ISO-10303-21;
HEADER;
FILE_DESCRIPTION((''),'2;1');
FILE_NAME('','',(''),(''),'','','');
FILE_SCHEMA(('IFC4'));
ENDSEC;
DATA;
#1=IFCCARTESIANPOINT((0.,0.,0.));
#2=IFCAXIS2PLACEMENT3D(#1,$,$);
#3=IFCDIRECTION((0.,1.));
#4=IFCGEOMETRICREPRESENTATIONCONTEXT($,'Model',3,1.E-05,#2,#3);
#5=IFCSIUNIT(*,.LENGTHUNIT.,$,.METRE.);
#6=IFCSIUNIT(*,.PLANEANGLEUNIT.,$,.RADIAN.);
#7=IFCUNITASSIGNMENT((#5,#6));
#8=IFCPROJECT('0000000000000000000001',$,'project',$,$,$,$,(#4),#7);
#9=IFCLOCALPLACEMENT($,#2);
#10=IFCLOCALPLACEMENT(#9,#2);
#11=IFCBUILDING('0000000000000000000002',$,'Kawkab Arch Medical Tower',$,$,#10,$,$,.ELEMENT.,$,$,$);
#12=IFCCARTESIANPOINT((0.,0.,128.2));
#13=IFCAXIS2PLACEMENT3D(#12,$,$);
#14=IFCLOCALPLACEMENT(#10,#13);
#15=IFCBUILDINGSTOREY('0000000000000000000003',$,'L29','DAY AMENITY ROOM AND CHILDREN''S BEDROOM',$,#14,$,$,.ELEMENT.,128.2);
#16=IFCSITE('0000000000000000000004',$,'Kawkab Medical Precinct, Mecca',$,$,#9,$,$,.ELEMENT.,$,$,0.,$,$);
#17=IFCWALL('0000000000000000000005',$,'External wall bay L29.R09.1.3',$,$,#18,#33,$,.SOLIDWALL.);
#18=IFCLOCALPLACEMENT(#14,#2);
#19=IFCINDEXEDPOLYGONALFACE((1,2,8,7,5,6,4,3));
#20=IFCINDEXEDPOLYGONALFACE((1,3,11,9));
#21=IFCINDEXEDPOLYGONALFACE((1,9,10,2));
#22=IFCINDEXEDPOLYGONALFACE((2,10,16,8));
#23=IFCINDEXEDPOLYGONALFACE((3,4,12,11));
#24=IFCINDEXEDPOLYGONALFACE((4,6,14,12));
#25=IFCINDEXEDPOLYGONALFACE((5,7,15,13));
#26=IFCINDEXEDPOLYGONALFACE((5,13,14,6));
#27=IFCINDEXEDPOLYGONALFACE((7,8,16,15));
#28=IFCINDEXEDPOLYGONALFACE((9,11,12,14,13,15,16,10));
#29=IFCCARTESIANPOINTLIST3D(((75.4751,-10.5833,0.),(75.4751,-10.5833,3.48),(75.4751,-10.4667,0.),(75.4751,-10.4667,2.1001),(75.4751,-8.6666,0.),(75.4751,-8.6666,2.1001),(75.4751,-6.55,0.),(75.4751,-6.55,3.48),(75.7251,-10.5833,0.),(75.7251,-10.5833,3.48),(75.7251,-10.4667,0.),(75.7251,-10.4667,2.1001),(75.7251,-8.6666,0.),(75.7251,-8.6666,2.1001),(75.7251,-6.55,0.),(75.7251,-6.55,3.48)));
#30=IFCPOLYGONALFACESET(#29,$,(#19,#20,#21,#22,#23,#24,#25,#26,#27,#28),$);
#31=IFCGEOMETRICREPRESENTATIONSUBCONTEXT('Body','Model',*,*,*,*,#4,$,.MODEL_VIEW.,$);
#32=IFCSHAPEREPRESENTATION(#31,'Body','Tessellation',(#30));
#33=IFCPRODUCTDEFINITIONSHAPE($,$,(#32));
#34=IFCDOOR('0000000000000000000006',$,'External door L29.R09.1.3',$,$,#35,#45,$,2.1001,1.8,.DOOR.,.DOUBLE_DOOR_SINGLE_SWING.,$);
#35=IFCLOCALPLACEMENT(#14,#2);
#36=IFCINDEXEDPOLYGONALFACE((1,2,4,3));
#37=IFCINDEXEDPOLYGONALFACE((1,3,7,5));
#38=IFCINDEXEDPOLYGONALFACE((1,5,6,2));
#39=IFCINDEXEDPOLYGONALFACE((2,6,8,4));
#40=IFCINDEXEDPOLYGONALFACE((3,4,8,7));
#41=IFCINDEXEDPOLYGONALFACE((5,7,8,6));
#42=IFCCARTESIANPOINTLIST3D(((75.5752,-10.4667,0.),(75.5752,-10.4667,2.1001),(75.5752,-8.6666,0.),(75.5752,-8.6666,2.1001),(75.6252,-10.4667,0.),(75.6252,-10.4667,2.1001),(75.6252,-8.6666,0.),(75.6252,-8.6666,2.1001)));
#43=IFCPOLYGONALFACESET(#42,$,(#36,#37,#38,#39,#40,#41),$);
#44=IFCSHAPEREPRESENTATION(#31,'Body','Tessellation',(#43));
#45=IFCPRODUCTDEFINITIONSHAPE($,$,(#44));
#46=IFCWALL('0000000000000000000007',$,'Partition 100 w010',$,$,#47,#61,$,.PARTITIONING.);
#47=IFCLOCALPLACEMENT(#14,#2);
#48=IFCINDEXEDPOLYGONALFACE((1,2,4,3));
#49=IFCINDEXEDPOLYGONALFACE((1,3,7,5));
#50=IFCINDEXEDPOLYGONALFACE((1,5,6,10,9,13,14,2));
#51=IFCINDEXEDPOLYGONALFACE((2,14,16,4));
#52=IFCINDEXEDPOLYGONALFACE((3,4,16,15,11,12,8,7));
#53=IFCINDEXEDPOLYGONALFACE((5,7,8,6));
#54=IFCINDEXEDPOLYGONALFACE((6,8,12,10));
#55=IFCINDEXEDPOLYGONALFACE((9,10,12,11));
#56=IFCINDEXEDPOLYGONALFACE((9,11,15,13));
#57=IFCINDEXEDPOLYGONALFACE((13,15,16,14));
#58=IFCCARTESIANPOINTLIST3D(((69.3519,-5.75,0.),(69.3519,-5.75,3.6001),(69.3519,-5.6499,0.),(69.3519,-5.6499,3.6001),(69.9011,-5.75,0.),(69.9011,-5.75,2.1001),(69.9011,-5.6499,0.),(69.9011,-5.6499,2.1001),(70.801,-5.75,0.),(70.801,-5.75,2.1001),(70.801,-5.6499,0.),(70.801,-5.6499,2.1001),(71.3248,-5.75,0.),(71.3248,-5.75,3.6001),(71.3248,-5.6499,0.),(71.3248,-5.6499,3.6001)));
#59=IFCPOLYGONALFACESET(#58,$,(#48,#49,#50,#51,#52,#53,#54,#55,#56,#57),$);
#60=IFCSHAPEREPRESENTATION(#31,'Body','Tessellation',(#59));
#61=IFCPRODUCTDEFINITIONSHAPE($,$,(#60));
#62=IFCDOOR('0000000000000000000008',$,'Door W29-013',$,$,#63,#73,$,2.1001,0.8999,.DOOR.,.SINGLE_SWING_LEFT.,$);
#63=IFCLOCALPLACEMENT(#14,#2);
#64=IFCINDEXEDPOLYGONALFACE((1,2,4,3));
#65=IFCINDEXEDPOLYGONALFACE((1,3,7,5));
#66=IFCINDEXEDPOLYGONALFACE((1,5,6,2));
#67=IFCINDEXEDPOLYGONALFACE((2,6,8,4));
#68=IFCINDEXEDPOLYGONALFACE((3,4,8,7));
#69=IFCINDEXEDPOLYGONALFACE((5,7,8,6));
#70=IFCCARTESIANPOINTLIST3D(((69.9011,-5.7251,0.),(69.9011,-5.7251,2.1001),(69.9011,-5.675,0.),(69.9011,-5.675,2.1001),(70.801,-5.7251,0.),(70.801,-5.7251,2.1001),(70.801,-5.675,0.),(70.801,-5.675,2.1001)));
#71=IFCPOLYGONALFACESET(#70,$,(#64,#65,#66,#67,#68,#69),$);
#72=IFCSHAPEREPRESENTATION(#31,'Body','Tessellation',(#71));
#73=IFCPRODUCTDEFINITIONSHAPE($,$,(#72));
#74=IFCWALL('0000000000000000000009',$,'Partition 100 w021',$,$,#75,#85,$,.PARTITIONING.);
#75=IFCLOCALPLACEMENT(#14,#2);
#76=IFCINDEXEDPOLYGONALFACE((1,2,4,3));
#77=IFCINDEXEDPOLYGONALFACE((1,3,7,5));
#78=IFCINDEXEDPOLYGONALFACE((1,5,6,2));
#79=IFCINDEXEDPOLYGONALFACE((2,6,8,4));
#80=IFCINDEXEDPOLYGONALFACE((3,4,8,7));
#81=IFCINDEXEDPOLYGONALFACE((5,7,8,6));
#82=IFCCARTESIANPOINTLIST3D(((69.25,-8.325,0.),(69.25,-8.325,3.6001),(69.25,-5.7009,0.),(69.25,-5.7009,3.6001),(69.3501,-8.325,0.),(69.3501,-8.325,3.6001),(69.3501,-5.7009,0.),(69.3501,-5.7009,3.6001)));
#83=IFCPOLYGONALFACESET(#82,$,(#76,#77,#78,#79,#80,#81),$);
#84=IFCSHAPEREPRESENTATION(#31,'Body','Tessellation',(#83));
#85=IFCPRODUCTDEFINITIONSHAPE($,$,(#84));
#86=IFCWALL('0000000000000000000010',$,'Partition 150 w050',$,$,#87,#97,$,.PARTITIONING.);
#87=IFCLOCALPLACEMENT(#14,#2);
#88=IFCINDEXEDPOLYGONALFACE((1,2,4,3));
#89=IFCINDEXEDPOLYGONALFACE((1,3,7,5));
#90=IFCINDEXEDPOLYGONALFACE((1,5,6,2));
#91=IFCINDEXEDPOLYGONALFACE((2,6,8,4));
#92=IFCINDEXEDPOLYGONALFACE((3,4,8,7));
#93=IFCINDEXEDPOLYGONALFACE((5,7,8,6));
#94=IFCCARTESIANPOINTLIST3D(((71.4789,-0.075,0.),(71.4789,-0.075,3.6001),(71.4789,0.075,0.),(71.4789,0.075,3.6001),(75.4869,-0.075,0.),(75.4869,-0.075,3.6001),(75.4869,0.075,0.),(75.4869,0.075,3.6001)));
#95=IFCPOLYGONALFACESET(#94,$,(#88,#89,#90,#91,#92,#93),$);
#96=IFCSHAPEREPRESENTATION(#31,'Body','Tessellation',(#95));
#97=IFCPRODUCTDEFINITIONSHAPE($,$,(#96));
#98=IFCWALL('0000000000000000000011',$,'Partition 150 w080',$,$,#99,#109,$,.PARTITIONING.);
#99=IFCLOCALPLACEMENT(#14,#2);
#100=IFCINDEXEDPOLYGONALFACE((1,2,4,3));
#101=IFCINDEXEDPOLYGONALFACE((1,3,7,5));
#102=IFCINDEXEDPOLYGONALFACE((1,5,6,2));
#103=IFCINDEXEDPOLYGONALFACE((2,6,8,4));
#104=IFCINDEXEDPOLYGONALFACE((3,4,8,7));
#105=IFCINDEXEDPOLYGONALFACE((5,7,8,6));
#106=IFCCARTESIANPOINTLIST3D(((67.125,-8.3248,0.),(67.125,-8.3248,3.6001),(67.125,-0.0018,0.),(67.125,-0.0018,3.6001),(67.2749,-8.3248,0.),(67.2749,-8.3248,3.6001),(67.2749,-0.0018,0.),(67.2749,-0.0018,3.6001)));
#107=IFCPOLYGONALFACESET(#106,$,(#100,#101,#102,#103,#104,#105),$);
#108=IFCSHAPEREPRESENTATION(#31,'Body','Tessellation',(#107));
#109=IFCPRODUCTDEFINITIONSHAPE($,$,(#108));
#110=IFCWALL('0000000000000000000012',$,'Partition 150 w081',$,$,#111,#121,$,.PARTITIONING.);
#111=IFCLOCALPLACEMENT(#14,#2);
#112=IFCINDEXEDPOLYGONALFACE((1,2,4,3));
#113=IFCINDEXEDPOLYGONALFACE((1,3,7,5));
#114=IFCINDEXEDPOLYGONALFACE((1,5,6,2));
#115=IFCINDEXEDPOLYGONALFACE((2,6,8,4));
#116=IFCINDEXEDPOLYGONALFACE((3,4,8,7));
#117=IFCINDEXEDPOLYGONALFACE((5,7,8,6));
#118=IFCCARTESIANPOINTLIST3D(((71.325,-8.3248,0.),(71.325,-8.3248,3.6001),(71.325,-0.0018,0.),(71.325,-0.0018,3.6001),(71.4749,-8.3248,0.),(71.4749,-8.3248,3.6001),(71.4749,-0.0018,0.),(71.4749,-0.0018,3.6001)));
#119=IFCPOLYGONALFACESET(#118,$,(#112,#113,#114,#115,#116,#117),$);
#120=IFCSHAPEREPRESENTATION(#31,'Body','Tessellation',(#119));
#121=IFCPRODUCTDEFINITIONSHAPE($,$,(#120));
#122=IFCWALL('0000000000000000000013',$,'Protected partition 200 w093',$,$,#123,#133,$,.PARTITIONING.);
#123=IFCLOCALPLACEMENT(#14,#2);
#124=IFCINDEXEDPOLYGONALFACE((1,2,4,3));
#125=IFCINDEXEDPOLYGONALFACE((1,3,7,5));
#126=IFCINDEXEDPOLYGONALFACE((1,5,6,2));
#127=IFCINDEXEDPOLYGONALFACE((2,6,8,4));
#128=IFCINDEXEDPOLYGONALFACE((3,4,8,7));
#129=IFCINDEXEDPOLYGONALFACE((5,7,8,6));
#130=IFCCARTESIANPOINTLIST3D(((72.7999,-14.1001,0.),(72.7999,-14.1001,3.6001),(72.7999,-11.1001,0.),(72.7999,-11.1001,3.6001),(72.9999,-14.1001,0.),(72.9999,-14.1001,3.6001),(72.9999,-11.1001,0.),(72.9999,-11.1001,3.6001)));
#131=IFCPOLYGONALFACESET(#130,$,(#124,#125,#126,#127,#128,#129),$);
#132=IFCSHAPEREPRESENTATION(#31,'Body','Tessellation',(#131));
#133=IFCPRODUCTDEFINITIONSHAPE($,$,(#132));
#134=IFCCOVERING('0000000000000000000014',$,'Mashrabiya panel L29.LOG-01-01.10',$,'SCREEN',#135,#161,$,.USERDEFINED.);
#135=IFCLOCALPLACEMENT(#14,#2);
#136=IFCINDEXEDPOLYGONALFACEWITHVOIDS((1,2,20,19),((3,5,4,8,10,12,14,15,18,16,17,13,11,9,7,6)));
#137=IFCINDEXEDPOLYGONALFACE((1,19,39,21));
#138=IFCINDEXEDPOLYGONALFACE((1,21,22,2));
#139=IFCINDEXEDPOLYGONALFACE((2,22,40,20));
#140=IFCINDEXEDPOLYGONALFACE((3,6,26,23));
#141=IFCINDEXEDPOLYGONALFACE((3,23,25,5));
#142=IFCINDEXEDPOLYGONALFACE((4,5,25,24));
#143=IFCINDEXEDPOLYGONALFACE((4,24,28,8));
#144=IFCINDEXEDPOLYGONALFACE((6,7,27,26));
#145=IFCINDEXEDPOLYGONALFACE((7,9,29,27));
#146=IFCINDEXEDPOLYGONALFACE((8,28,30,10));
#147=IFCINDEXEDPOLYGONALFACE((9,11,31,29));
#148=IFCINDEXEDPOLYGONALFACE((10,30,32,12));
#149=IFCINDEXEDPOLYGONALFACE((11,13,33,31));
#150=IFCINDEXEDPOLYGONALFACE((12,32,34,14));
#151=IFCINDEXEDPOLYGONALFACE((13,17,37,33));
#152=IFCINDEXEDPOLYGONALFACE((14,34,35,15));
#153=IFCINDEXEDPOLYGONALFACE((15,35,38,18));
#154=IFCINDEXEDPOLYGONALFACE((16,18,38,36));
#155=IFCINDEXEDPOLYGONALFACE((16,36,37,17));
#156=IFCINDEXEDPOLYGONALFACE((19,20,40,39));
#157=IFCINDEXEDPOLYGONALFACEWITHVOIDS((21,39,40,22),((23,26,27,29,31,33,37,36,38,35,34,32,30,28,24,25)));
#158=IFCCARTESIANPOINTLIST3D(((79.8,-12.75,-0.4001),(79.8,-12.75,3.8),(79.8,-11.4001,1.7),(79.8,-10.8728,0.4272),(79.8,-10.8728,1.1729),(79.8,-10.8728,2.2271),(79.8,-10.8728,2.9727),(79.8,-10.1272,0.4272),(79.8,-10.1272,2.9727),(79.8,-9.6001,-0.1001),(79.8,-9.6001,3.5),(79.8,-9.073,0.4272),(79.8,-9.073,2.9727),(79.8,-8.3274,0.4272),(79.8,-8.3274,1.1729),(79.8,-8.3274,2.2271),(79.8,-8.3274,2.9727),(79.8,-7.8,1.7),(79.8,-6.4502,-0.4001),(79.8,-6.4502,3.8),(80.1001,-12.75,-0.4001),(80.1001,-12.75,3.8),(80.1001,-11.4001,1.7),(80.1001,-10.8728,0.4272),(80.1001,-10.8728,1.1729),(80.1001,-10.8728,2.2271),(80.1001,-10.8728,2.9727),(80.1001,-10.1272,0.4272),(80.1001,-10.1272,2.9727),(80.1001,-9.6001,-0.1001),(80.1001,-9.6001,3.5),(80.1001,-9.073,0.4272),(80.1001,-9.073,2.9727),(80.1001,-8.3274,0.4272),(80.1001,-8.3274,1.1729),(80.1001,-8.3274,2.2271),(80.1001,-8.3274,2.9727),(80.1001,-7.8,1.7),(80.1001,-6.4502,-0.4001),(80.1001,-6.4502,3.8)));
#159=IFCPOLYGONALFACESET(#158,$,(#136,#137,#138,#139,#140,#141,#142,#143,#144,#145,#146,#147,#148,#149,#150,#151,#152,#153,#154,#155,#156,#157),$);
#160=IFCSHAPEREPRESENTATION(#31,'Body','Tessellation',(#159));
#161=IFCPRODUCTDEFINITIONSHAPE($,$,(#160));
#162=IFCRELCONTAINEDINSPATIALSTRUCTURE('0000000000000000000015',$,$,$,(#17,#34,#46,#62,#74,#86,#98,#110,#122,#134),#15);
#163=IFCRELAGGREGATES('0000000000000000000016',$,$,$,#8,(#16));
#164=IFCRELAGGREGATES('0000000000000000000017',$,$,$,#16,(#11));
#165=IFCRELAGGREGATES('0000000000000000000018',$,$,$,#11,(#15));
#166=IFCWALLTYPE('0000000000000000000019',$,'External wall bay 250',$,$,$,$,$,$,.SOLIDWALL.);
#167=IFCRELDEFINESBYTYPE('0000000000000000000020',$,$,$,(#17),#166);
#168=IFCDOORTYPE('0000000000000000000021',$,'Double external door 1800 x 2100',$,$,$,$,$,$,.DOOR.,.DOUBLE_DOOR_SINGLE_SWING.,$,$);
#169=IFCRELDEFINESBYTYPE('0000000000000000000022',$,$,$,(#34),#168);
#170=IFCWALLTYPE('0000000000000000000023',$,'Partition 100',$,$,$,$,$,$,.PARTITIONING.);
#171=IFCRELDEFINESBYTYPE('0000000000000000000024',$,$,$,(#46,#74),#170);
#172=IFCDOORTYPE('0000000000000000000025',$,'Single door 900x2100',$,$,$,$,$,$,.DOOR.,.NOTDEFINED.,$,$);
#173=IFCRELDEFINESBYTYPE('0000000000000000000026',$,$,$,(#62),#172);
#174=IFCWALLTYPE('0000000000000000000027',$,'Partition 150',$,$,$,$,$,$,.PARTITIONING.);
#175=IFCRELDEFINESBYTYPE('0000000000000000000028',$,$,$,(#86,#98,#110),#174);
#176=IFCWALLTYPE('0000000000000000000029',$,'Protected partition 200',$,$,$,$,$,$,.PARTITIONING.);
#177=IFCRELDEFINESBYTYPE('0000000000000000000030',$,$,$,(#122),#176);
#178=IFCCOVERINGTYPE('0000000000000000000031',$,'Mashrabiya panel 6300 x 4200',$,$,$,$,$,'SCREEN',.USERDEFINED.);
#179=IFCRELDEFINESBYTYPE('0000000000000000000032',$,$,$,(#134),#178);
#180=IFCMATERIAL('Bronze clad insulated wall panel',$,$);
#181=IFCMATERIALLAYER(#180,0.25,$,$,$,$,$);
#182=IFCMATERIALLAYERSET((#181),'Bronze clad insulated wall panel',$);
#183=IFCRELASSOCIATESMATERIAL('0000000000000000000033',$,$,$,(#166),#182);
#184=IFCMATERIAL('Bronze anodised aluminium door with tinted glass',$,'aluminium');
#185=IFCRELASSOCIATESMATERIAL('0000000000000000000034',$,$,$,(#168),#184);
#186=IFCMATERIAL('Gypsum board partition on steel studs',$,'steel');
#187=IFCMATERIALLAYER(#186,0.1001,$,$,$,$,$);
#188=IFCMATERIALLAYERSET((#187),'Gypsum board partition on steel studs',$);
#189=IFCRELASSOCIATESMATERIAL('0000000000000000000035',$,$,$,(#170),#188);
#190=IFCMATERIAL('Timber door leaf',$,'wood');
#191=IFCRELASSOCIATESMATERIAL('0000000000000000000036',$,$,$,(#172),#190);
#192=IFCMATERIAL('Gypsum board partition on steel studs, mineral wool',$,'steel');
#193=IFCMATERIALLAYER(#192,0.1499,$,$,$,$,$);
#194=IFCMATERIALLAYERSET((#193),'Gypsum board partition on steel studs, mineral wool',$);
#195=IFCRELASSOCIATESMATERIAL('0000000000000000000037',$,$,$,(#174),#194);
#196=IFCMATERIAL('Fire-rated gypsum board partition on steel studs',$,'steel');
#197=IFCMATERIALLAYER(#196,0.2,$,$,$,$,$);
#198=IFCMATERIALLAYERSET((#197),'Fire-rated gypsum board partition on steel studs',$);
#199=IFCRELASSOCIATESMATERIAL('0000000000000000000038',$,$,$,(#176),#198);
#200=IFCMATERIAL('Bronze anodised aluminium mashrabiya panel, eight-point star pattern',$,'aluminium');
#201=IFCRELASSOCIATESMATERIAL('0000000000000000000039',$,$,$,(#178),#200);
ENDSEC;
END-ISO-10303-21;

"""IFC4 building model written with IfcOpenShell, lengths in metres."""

from ifc_helpers import new_model, si_unit, direction, frame, frame_2d, origin, place, context, subcontext, project, spatial, polyline, rectangle, outline, extrude, material, layer, layer_set, material_profile, profile_set, type_object, element, fill, save


model = new_model("IFC4")

# Units and contexts
model_context = context("Model", 3, precision=1e-05, world=origin(), true_north=direction((0.0, 1.0)))
body_context = subcontext(model_context, "Body", "Model", "MODEL_VIEW")
ifc_project = project(units=[si_unit("LENGTHUNIT", "METRE"), si_unit("PLANEANGLEUNIT", "RADIAN")], contexts=[model_context])

# Site, building, storey
site_placement = place(None, origin())
site = spatial("IfcSite", under=ifc_project, at=site_placement, Name="Kawkab Medical Precinct, Mecca", CompositionType="ELEMENT", RefElevation=0.0)
building_placement = place(site_placement, origin())
building = spatial("IfcBuilding", under=site, at=building_placement, Name="Kawkab Arch Medical Tower", CompositionType="ELEMENT")
storey_placement = place(building_placement, frame((0.0, 0.0, 128.2)))
storey = spatial("IfcBuildingStorey", under=building, at=storey_placement, Name="L29", Description="DAY AMENITY ROOM AND CHILDREN'S BEDROOM", CompositionType="ELEMENT", Elevation=128.2)

# Walls, openings, doors
ifc_material_1 = material(Name="Bronze clad insulated wall panel")
ifc_layer_1 = layer(ifc_material_1, 0.25)
ifc_layer_set_1 = layer_set([ifc_layer_1], Name="Bronze clad insulated wall panel")
wall_type_1 = type_object("IfcWallType", Name="External wall bay 250", PredefinedType="SOLIDWALL", material=ifc_layer_set_1)
wall_1_placement = place(storey_placement, frame((75.6001, -10.5833, 0.0), z_axis=(0.0, 0.0, 1.0), x_axis=(0.0, 1.0, 0.0)))
wall_1 = element("IfcWall", 1, at=wall_1_placement, inside=storey, type_object=wall_type_1, Name="External wall bay L29.R09.1.3", PredefinedType="SOLIDWALL", context=body_context, shape_type="SweptSolid", body=[
    extrude(rectangle(XDim=4.0332, YDim=0.25, at=frame_2d((2.0166, 0.0))), origin(), (0.0, 0.0, 1.0), 3.48),
])
opening_1_placement = place(wall_1_placement, frame((0.1167, 0.0, 0.0)))
opening_1 = element("IfcOpeningElement", 2, at=opening_1_placement, cuts=wall_1, PredefinedType="OPENING", context=body_context, shape_type="SweptSolid", body=[
    extrude(rectangle(XDim=1.8, YDim=2.1001, at=frame_2d((0.8999, 1.05))), frame((0.0, 0.135, 0.0), z_axis=(0.0, -1.0, 0.0), x_axis=(1.0, 0.0, 0.0)), (0.0, 0.0, 1.0), 0.27),
])
ifc_material_2 = material(Name="Bronze anodised aluminium door with tinted glass", Category="aluminium")
door_type_1 = type_object("IfcDoorType", Name="Double external door 1800 x 2100", OperationType="DOUBLE_DOOR_SINGLE_SWING", PredefinedType="DOOR", material=ifc_material_2)
door_1_placement = place(opening_1_placement, origin())
door_1 = element("IfcDoor", 3, at=door_1_placement, inside=storey, type_object=door_type_1, Name="External door L29.R09.1.3", OperationType="DOUBLE_DOOR_SINGLE_SWING", OverallHeight=2.1001, OverallWidth=1.8, PredefinedType="DOOR", context=body_context, shape_type="SweptSolid", body=[
    extrude(rectangle(XDim=1.8, YDim=2.1001, at=frame_2d((0.8999, 1.05))), frame((0.0, 0.0249, 0.0), z_axis=(0.0, -1.0, 0.0), x_axis=(1.0, 0.0, 0.0)), (0.0, 0.0, 1.0), 0.05),
])
fill(opening_1, door_1)
ifc_material_3 = material(Name="Gypsum board partition on steel studs", Category="steel")
ifc_layer_2 = layer(ifc_material_3, 0.1001)
ifc_layer_set_2 = layer_set([ifc_layer_2], Name="Gypsum board partition on steel studs")
wall_type_2 = type_object("IfcWallType", Name="Partition 100", PredefinedType="PARTITIONING", material=ifc_layer_set_2)
wall_2_placement = place(storey_placement, frame((69.3521, -5.7, 0.0), z_axis=(0.0, 0.0, 1.0), x_axis=(1.0, 0.0, 0.0)))
wall_2 = element("IfcWall", 4, at=wall_2_placement, inside=storey, type_object=wall_type_2, Name="Partition 100 w010", PredefinedType="PARTITIONING", context=body_context, shape_type="SweptSolid", body=[
    extrude(rectangle(XDim=1.9729, YDim=0.1001, at=frame_2d((0.9863, 0.0))), origin(), (0.0, 0.0, 1.0), 3.6001),
])
opening_2_placement = place(wall_2_placement, frame((0.5491, 0.0, 0.0)))
opening_2 = element("IfcOpeningElement", 5, at=opening_2_placement, cuts=wall_2, PredefinedType="OPENING", context=body_context, shape_type="SweptSolid", body=[
    extrude(rectangle(XDim=0.8999, YDim=2.1001, at=frame_2d((0.45, 1.05))), frame((0.0, 0.0601, 0.0), z_axis=(0.0, -1.0, 0.0), x_axis=(1.0, 0.0, 0.0)), (0.0, 0.0, 1.0), 0.1201),
])
ifc_material_4 = material(Name="Timber door leaf", Category="wood")
door_type_2 = type_object("IfcDoorType", Name="Single door 900x2100", OperationType="NOTDEFINED", PredefinedType="DOOR", material=ifc_material_4)
door_2_placement = place(opening_2_placement, origin())
door_2 = element("IfcDoor", 6, at=door_2_placement, inside=storey, type_object=door_type_2, Name="Door W29-013", OperationType="SINGLE_SWING_LEFT", OverallHeight=2.1001, OverallWidth=0.8999, PredefinedType="DOOR", context=body_context, shape_type="SweptSolid", body=[
    extrude(rectangle(XDim=0.8999, YDim=2.1001, at=frame_2d((0.45, 1.05))), frame((0.0, 0.0249, 0.0), z_axis=(0.0, -1.0, 0.0), x_axis=(1.0, 0.0, 0.0)), (0.0, 0.0, 1.0), 0.05),
])
fill(opening_2, door_2)

# Walls
wall_3_placement = place(storey_placement, frame((69.3, -8.325, 0.0), z_axis=(0.0, 0.0, 1.0), x_axis=(0.0, 1.0, 0.0)))
element("IfcWall", 7, at=wall_3_placement, inside=storey, type_object=wall_type_2, Name="Partition 100 w021", PredefinedType="PARTITIONING", context=body_context, shape_type="SweptSolid", body=[
    extrude(rectangle(XDim=2.624, YDim=0.1001, at=frame_2d((1.312, 0.0))), origin(), (0.0, 0.0, 1.0), 3.6001),
])
ifc_material_5 = material(Name="Gypsum board partition on steel studs, mineral wool", Category="steel")
ifc_layer_3 = layer(ifc_material_5, 0.1499)
ifc_layer_set_3 = layer_set([ifc_layer_3], Name="Gypsum board partition on steel studs, mineral wool")
wall_type_3 = type_object("IfcWallType", Name="Partition 150", PredefinedType="PARTITIONING", material=ifc_layer_set_3)
wall_4_placement = place(storey_placement, frame((71.479, 0.0, 0.0), z_axis=(0.0, 0.0, 1.0), x_axis=(1.0, 0.0, 0.0)))
element("IfcWall", 8, at=wall_4_placement, inside=storey, type_object=wall_type_3, Name="Partition 150 w050", PredefinedType="PARTITIONING", context=body_context, shape_type="SweptSolid", body=[
    extrude(rectangle(XDim=4.0081, YDim=0.1499, at=frame_2d((2.0039, 0.0))), origin(), (0.0, 0.0, 1.0), 3.6001),
])
for number, where, z_axis, x_axis, name in (
    (9, (67.2, -8.325, 0.0), (0.0, 0.0, 1.0), (0.0, 1.0, 0.0), "Partition 150 w080"),
    (10, (71.3999, -8.325, 0.0), (0.0, 0.0, 1.0), (0.0, 1.0, 0.0), "Partition 150 w081"),
):
    element("IfcWall", number, at=place(storey_placement, frame(where, z_axis=z_axis, x_axis=x_axis)), inside=storey, type_object=wall_type_3, Name=name, PredefinedType="PARTITIONING", context=body_context, shape_type="SweptSolid", body=[
        extrude(rectangle(XDim=8.323, YDim=0.1499, at=frame_2d((4.1616, 0.0))), origin(), (0.0, 0.0, 1.0), 3.6001),
    ])
ifc_material_6 = material(Name="Fire-rated gypsum board partition on steel studs", Category="steel")
ifc_layer_4 = layer(ifc_material_6, 0.2)
ifc_layer_set_4 = layer_set([ifc_layer_4], Name="Fire-rated gypsum board partition on steel studs")
wall_type_4 = type_object("IfcWallType", Name="Protected partition 200", PredefinedType="PARTITIONING", material=ifc_layer_set_4)
wall_5_placement = place(storey_placement, frame((72.8999, -14.1001, 0.0), z_axis=(0.0, 0.0, 1.0), x_axis=(0.0, 1.0, 0.0)))
element("IfcWall", 11, at=wall_5_placement, inside=storey, type_object=wall_type_4, Name="Protected partition 200 w093", PredefinedType="PARTITIONING", context=body_context, shape_type="SweptSolid", body=[
    extrude(rectangle(XDim=3.0, YDim=0.2, at=frame_2d((1.5, 0.0))), origin(), (0.0, 0.0, 1.0), 3.6001),
])

# Covering
ifc_material_7 = material(Name="Bronze anodised aluminium mashrabiya panel, eight-point star pattern", Category="aluminium")
ifc_material_profile_1 = material_profile(ifc_material_7, outline(polyline([(-3.1499, -2.1001), (3.1499, -2.1001), (3.1499, 2.1001), (-3.1499, 2.1001), (-3.1499, -2.1001)]), holes=[polyline([(1.8, 0.0), (1.2727, 0.5271), (1.2727, 1.2727), (0.5271, 1.2727), (0.0, 1.8), (-0.5271, 1.2727), (-1.2727, 1.2727), (-1.2727, 0.5271), (-1.8, 0.0), (-1.2727, -0.5271), (-1.2727, -1.2727), (-0.5271, -1.2727), (0.0, -1.8), (0.5271, -1.2727), (1.2727, -1.2727), (1.2727, -0.5271), (1.8, 0.0)])]), Name="Mashrabiya panel 6300x4200")
ifc_profile_set_1 = profile_set([ifc_material_profile_1], Name="Bronze anodised aluminium mashrabiya panel, eight-point star pattern")
covering_type_1 = type_object("IfcCoveringType", Name="Mashrabiya panel 6300 x 4200", ElementType="SCREEN", PredefinedType="USERDEFINED", material=ifc_profile_set_1)
covering_1_placement = place(storey_placement, frame((79.8, -9.6001, 1.7), z_axis=(1.0, 0.0, 0.0), x_axis=(0.0, 1.0, 0.0)))
element("IfcCovering", 12, at=covering_1_placement, inside=storey, type_object=covering_type_1, Name="Mashrabiya panel L29.LOG-01-01.10", ObjectType="SCREEN", PredefinedType="USERDEFINED", context=body_context, shape_type="SweptSolid", body=[
    extrude(outline(polyline([(-3.1499, -2.1001), (3.1499, -2.1001), (3.1499, 2.1001), (-3.1499, 2.1001), (-3.1499, -2.1001)]), holes=[polyline([(1.8, 0.0), (1.2727, 0.5271), (1.2727, 1.2727), (0.5271, 1.2727), (0.0, 1.8), (-0.5271, 1.2727), (-1.2727, 1.2727), (-1.2727, 0.5271), (-1.8, 0.0), (-1.2727, -0.5271), (-1.2727, -1.2727), (-0.5271, -1.2727), (0.0, -1.8), (0.5271, -1.2727), (1.2727, -1.2727), (1.2727, -0.5271), (1.8, 0.0)])]), origin(), (0.0, 0.0, 1.0), 0.3),
])

save(model, "model.ifc")
